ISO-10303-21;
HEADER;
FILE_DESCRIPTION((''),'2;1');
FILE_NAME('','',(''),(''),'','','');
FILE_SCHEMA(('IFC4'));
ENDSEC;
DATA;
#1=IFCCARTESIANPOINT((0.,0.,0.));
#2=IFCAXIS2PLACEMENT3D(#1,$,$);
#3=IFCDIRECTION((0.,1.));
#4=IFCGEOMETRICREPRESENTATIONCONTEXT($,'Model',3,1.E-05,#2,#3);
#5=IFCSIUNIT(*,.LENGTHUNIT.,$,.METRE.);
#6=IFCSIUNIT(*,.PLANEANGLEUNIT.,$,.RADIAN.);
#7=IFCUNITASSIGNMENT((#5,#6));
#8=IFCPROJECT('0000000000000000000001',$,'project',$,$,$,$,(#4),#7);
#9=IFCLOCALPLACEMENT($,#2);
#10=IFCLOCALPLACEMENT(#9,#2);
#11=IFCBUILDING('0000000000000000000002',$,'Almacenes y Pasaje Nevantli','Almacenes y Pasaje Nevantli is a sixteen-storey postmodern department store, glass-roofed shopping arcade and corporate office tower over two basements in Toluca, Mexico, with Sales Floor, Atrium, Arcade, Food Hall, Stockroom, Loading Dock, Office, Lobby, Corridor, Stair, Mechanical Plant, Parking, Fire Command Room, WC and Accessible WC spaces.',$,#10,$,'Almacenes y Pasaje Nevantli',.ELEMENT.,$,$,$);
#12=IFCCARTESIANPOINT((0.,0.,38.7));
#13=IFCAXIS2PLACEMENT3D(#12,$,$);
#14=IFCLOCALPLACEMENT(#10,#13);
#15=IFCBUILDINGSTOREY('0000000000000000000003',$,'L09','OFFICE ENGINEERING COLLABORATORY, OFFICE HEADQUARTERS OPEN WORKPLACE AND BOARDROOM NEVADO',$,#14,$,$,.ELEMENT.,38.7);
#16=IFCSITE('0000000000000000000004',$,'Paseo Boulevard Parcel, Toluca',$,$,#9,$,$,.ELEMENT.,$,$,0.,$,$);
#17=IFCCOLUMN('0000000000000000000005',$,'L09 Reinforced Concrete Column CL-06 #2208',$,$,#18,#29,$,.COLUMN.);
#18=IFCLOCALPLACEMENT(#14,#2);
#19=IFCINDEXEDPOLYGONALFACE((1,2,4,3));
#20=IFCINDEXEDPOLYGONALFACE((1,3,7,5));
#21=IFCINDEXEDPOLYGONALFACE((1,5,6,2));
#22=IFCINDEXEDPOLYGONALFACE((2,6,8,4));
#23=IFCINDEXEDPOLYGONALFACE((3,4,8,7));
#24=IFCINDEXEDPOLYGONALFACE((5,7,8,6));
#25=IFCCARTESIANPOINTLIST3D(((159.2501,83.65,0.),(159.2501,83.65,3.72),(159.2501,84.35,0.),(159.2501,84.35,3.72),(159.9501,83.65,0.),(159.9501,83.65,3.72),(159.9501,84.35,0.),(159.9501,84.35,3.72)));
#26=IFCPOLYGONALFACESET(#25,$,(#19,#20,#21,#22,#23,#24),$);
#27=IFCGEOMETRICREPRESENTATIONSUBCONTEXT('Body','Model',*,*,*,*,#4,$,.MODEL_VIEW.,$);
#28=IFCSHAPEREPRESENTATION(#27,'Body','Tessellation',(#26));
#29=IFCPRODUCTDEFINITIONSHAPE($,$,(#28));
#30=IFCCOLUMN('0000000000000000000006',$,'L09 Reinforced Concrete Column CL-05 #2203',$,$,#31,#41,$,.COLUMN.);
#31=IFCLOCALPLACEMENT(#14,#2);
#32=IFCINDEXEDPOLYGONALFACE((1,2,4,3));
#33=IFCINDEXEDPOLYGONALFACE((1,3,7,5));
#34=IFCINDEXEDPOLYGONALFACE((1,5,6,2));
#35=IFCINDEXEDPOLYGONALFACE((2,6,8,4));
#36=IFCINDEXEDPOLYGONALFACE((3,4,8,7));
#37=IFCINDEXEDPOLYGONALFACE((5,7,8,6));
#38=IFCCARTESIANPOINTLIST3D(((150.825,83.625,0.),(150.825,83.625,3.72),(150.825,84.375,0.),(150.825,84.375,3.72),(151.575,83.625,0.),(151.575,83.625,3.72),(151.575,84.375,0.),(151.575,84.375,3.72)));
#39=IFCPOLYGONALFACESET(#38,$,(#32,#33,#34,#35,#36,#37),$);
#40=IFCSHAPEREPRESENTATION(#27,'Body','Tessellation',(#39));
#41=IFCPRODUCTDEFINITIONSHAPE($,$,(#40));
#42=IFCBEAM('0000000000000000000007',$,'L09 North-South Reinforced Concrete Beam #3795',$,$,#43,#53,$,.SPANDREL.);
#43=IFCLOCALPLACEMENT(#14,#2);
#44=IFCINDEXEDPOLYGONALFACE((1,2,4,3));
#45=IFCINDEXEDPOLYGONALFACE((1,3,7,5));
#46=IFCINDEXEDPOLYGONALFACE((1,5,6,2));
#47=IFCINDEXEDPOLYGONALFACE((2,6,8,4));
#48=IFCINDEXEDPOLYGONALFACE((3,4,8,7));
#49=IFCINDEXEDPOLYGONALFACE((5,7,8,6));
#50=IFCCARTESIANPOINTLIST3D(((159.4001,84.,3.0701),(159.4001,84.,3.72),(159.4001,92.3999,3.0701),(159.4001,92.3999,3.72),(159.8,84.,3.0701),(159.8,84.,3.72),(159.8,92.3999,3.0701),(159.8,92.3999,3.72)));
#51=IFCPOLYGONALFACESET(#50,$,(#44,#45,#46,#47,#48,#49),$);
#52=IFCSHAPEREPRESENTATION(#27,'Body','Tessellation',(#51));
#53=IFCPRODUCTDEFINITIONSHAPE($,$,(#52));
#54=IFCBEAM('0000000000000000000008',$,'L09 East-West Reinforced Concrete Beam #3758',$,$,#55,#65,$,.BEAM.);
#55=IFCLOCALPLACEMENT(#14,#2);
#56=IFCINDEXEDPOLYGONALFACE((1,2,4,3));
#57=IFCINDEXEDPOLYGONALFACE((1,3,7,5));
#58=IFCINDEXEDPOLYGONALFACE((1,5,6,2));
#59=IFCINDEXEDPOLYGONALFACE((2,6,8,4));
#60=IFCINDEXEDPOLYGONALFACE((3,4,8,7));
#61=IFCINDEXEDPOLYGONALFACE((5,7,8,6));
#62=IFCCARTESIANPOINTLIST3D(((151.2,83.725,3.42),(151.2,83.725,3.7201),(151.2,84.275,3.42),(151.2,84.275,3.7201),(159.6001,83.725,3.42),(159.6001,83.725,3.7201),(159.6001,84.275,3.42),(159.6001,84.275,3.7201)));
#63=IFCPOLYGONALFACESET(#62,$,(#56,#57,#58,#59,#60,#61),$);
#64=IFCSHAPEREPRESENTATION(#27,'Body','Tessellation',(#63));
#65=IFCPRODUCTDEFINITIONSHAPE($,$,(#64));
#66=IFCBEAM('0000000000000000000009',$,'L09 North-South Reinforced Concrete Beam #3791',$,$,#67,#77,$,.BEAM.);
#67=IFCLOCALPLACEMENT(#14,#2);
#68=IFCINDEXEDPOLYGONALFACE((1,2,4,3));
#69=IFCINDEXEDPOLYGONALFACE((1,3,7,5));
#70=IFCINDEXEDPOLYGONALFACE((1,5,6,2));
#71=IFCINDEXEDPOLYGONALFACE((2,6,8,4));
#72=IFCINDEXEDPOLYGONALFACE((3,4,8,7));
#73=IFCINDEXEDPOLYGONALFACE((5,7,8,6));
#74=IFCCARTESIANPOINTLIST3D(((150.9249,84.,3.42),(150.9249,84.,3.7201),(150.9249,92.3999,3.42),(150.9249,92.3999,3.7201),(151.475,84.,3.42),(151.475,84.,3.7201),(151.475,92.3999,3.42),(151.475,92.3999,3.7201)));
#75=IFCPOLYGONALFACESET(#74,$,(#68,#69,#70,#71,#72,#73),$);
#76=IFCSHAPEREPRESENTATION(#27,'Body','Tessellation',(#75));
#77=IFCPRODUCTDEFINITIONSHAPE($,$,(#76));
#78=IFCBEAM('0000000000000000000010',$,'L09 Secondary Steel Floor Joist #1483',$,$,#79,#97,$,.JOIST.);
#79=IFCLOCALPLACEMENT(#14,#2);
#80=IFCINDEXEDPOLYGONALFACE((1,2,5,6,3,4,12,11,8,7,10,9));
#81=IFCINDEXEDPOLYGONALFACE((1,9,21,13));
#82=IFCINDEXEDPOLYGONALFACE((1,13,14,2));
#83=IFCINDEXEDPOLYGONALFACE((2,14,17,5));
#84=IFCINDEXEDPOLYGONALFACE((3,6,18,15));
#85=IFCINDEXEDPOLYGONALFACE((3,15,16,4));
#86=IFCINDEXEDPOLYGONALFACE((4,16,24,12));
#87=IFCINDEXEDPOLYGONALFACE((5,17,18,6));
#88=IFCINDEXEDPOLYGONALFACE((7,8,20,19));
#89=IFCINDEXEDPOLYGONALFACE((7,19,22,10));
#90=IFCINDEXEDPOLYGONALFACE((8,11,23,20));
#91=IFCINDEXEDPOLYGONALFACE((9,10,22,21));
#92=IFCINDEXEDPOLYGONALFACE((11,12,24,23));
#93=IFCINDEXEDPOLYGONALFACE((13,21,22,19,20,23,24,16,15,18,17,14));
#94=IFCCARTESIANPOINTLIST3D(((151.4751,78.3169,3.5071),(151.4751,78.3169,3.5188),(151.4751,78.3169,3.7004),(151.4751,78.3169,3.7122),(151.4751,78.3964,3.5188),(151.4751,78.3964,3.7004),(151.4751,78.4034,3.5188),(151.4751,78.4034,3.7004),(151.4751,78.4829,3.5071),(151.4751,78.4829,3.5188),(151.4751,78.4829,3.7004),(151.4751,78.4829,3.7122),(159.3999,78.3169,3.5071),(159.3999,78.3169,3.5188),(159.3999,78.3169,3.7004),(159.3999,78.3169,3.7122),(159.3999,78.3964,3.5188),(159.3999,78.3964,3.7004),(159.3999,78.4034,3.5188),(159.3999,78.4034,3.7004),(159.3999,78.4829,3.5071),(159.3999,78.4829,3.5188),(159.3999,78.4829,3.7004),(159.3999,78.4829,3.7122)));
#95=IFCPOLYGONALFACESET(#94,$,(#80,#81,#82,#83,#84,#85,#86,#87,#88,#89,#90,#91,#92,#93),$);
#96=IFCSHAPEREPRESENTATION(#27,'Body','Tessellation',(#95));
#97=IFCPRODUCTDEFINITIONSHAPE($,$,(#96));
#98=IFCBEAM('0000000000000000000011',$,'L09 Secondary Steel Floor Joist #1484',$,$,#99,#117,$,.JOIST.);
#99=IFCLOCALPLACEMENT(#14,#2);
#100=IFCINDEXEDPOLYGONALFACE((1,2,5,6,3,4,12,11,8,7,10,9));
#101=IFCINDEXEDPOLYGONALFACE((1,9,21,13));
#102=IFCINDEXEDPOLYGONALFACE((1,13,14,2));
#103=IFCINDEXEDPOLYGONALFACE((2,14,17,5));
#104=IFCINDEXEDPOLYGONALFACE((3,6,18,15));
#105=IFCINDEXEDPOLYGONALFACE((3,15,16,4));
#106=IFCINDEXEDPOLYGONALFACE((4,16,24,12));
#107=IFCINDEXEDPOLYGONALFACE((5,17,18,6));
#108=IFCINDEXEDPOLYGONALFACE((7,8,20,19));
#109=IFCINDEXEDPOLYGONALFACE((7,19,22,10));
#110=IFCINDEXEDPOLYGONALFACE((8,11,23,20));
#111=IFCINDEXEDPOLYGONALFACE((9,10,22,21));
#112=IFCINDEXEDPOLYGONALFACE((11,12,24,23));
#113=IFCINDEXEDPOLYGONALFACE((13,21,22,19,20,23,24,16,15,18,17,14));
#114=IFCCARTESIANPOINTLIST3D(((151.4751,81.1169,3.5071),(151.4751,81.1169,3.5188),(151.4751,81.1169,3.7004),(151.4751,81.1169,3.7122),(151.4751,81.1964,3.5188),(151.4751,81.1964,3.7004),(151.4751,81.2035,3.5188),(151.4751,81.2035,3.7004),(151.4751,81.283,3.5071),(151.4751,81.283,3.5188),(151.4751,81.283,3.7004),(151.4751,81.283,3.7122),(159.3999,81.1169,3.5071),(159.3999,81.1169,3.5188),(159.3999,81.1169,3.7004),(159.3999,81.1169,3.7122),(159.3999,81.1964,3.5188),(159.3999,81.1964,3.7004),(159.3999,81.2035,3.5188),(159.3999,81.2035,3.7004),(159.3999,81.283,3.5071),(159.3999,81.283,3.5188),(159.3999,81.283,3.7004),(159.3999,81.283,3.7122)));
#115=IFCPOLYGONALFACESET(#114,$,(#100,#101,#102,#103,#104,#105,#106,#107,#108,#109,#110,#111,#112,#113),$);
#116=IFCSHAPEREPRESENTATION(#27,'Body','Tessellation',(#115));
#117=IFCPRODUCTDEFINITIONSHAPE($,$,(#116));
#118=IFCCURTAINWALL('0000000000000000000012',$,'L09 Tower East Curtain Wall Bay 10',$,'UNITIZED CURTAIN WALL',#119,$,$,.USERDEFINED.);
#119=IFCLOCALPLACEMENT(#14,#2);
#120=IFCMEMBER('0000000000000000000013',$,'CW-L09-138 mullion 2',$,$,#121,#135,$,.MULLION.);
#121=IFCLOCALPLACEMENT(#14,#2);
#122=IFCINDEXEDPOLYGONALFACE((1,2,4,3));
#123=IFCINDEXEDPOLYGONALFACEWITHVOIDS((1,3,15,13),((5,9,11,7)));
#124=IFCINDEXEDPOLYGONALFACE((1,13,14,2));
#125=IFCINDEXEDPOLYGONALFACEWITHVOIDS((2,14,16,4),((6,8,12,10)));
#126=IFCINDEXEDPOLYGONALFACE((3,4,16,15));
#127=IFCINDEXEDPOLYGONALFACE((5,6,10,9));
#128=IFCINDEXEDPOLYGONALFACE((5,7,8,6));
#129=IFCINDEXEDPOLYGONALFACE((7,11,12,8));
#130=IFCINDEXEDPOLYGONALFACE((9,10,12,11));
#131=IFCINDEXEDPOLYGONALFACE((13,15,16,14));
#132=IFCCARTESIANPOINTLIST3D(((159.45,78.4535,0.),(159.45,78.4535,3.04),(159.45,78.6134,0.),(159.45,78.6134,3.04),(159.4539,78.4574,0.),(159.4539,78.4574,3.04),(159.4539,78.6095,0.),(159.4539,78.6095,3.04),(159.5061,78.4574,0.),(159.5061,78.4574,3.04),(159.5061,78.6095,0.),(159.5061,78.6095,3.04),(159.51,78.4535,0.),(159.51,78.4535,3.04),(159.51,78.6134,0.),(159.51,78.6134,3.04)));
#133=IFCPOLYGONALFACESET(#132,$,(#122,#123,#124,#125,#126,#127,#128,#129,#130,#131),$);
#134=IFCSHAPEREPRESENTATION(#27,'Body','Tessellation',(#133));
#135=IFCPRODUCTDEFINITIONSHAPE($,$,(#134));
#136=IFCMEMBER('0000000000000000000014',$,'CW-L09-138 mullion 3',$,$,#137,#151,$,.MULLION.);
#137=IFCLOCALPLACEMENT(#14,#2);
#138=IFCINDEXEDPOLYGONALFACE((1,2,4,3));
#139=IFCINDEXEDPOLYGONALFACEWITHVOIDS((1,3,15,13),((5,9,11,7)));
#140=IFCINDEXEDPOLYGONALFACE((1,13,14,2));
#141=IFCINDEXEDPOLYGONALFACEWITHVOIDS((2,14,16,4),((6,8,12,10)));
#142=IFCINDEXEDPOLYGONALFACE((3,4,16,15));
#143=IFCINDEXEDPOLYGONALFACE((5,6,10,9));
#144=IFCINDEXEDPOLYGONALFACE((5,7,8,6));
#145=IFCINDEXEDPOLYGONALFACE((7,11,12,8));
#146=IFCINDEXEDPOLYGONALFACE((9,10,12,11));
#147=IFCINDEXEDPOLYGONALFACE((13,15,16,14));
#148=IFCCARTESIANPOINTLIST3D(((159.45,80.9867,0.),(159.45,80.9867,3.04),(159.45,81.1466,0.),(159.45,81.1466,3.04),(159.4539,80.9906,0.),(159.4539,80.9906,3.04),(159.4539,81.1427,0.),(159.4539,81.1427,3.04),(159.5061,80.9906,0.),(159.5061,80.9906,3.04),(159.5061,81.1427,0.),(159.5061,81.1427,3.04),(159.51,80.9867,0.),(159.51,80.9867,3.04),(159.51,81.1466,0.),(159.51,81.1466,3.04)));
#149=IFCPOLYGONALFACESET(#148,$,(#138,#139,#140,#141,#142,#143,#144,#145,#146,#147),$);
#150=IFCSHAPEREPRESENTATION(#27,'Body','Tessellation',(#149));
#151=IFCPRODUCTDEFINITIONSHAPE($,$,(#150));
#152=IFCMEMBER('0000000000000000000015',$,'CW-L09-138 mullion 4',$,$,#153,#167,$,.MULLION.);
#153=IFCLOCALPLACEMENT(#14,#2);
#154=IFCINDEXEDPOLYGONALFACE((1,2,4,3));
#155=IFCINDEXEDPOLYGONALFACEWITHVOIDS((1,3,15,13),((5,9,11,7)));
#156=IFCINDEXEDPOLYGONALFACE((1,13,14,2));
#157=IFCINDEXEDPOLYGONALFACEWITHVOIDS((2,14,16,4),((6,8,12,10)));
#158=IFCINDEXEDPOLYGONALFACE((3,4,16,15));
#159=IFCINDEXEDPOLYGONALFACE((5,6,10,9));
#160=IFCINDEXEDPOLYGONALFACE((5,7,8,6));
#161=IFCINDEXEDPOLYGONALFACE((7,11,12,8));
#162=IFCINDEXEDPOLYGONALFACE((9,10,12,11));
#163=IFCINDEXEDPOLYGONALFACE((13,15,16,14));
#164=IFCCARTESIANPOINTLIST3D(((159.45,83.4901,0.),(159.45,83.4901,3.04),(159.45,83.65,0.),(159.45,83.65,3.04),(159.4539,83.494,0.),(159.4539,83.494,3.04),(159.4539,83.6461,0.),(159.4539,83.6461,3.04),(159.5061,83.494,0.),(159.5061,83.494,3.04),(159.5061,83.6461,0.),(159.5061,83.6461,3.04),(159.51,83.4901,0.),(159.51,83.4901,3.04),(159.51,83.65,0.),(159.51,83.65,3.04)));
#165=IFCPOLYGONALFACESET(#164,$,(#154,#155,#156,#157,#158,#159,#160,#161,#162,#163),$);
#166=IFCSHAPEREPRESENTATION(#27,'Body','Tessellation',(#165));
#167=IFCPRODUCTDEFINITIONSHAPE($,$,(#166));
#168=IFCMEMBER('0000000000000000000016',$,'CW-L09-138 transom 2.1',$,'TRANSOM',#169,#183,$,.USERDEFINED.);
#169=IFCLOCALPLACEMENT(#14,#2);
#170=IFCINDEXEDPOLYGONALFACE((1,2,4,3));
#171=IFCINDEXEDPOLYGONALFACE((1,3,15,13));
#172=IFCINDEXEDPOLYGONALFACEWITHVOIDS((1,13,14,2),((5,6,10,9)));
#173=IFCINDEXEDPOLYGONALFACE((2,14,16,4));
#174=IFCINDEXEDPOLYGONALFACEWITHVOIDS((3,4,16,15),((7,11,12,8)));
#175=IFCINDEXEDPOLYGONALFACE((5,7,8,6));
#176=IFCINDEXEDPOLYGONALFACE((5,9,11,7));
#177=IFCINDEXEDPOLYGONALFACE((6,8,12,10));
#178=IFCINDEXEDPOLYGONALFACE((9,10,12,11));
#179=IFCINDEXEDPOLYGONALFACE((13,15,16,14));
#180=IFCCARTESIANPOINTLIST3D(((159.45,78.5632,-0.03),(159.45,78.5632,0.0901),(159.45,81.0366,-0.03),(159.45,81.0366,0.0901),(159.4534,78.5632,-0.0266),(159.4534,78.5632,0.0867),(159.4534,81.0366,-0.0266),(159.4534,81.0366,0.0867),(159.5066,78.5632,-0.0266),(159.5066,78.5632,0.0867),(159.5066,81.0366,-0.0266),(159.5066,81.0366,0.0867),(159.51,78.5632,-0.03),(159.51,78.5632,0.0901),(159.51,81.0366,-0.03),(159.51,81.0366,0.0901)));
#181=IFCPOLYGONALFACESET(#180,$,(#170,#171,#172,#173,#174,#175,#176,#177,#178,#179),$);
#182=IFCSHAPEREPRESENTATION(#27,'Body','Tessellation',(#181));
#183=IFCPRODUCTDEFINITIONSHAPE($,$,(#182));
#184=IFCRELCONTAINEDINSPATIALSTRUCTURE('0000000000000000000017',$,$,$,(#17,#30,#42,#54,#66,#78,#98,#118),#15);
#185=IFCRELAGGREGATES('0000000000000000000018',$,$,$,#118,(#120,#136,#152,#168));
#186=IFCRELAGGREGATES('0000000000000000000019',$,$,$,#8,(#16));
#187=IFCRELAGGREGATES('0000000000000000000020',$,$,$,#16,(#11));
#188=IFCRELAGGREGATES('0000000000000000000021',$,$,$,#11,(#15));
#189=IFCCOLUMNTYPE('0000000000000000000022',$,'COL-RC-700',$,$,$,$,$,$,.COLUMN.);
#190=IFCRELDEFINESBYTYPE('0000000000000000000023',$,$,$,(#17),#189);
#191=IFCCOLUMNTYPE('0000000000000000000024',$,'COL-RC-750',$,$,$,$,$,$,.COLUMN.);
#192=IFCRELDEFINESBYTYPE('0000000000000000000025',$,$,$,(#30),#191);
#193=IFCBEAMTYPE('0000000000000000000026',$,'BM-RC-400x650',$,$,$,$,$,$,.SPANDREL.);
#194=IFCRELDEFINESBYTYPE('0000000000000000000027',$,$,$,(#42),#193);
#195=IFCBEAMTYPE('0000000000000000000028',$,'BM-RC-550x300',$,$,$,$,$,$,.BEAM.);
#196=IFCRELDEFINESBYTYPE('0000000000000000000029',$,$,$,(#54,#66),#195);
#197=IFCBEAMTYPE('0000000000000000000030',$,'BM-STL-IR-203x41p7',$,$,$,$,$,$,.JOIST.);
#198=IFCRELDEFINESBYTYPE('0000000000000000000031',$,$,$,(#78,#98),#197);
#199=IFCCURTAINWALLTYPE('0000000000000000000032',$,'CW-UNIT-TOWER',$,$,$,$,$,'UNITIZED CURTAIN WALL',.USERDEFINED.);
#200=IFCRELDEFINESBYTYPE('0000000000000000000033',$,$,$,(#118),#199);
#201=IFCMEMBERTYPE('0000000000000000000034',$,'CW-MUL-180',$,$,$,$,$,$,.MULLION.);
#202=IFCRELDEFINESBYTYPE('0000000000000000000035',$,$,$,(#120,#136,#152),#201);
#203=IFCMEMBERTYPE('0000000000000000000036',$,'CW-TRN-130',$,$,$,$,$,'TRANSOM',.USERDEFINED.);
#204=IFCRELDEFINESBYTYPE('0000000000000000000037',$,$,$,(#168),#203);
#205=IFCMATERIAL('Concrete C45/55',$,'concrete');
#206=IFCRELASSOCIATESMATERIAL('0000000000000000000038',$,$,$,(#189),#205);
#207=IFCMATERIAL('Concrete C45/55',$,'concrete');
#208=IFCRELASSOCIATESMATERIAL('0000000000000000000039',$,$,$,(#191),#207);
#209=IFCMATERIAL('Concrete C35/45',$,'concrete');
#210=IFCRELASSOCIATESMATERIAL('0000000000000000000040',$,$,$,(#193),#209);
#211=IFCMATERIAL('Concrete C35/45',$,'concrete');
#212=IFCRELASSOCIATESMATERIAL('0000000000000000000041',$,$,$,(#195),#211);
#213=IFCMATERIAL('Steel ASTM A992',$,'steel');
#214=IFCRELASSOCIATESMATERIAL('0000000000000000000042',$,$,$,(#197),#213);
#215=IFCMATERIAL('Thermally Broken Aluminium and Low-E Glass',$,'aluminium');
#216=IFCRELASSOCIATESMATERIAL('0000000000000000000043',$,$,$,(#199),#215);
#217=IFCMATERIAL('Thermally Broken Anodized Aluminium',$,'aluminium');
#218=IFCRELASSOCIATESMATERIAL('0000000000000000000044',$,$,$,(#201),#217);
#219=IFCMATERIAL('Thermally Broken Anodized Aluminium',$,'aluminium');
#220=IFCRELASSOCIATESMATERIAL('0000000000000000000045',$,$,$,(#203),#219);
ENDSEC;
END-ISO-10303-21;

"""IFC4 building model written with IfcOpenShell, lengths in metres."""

from ifc_helpers import new_model, si_unit, direction, frame, origin, origin_2d, place, context, subcontext, project, spatial, rectangle, hollow_rectangle, i_section, extrude, material, material_profile, profile_set, type_object, element, aggregate, save


model = new_model("IFC4")

# Units and contexts
model_context = context("Model", 3, precision=1e-05, world=origin(), true_north=direction((0.0, 1.0)))
body_context = subcontext(model_context, "Body", "Model", "MODEL_VIEW")
ifc_project = project(units=[si_unit("LENGTHUNIT", "METRE"), si_unit("PLANEANGLEUNIT", "RADIAN")], contexts=[model_context])

# Site, building, storey
site_placement = place(None, origin())
site = spatial("IfcSite", under=ifc_project, at=site_placement, Name="Paseo Boulevard Parcel, Toluca", CompositionType="ELEMENT", RefElevation=0.0)
building_placement = place(site_placement, origin())
building = spatial("IfcBuilding", under=site, at=building_placement, Name="Almacenes y Pasaje Nevantli", Description="Almacenes y Pasaje Nevantli is a sixteen-storey postmodern department store, glass-roofed shopping arcade and corporate office tower over two basements in Toluca, Mexico, with Sales Floor, Atrium, Arcade, Food Hall, Stockroom, Loading Dock, Office, Lobby, Corridor, Stair, Mechanical Plant, Parking, Fire Command Room, WC and Accessible WC spaces.", LongName="Almacenes y Pasaje Nevantli", CompositionType="ELEMENT")
storey_placement = place(building_placement, frame((0.0, 0.0, 38.7)))
storey = spatial("IfcBuildingStorey", under=building, at=storey_placement, Name="L09", Description="OFFICE ENGINEERING COLLABORATORY, OFFICE HEADQUARTERS OPEN WORKPLACE AND BOARDROOM NEVADO", CompositionType="ELEMENT", Elevation=38.7)

# Columns
ifc_material_1 = material(Name="Concrete C45/55", Category="concrete")
ifc_material_profile_1 = material_profile(ifc_material_1, rectangle(XDim=0.7, YDim=0.7, at=origin_2d()), Name="RC-COL-700x700")
ifc_profile_set_1 = profile_set([ifc_material_profile_1], Name="Concrete C45/55")
column_type_1 = type_object("IfcColumnType", Name="COL-RC-700", PredefinedType="COLUMN", material=ifc_profile_set_1)
column_1_placement = place(storey_placement, frame((159.6001, 84.0, 0.0), z_axis=(0.0, 0.0, 1.0), x_axis=(1.0, 0.0, 0.0)))
element("IfcColumn", 1, at=column_1_placement, inside=storey, type_object=column_type_1, Name="L09 Reinforced Concrete Column CL-06 #2208", PredefinedType="COLUMN", context=body_context, shape_type="SweptSolid", body=[
    extrude(rectangle(XDim=0.7, YDim=0.7, at=origin_2d()), origin(), (0.0, 0.0, 1.0), 3.72),
])
ifc_material_2 = material(Name="Concrete C45/55", Category="concrete")
ifc_material_profile_2 = material_profile(ifc_material_2, rectangle(XDim=0.75, YDim=0.75, at=origin_2d()), Name="RC-COL-750x750")
ifc_profile_set_2 = profile_set([ifc_material_profile_2], Name="Concrete C45/55")
column_type_2 = type_object("IfcColumnType", Name="COL-RC-750", PredefinedType="COLUMN", material=ifc_profile_set_2)
column_2_placement = place(storey_placement, frame((151.2, 84.0, 0.0), z_axis=(0.0, 0.0, 1.0), x_axis=(1.0, 0.0, 0.0)))
element("IfcColumn", 2, at=column_2_placement, inside=storey, type_object=column_type_2, Name="L09 Reinforced Concrete Column CL-05 #2203", PredefinedType="COLUMN", context=body_context, shape_type="SweptSolid", body=[
    extrude(rectangle(XDim=0.75, YDim=0.75, at=origin_2d()), origin(), (0.0, 0.0, 1.0), 3.72),
])

# Beams
ifc_material_3 = material(Name="Concrete C35/45", Category="concrete")
ifc_material_profile_3 = material_profile(ifc_material_3, rectangle(XDim=0.3999, YDim=0.6499, at=origin_2d()), Name="RC-BM-400x650")
ifc_profile_set_3 = profile_set([ifc_material_profile_3], Name="Concrete C35/45")
beam_type_1 = type_object("IfcBeamType", Name="BM-RC-400x650", PredefinedType="SPANDREL", material=ifc_profile_set_3)
beam_1_placement = place(storey_placement, frame((159.6001, 84.0, 3.395), z_axis=(0.0, 1.0, 0.0), x_axis=(-1.0, 0.0, 0.0)))
element("IfcBeam", 3, at=beam_1_placement, inside=storey, type_object=beam_type_1, Name="L09 North-South Reinforced Concrete Beam #3795", PredefinedType="SPANDREL", context=body_context, shape_type="SweptSolid", body=[
    extrude(rectangle(XDim=0.3999, YDim=0.6499, at=origin_2d()), origin(), (0.0, 0.0, 1.0), 8.3999),
])
ifc_material_4 = material(Name="Concrete C35/45", Category="concrete")
ifc_material_profile_4 = material_profile(ifc_material_4, rectangle(XDim=0.55, YDim=0.3, at=origin_2d()), Name="RC-BM-550x300")
ifc_profile_set_4 = profile_set([ifc_material_profile_4], Name="Concrete C35/45")
beam_type_2 = type_object("IfcBeamType", Name="BM-RC-550x300", PredefinedType="BEAM", material=ifc_profile_set_4)
beam_2_placement = place(storey_placement, frame((151.2, 84.0, 3.5701), z_axis=(1.0, 0.0, 0.0), x_axis=(0.0, 1.0, 0.0)))
element("IfcBeam", 4, at=beam_2_placement, inside=storey, type_object=beam_type_2, Name="L09 East-West Reinforced Concrete Beam #3758", PredefinedType="BEAM", context=body_context, shape_type="SweptSolid", body=[
    extrude(rectangle(XDim=0.55, YDim=0.3, at=origin_2d()), origin(), (0.0, 0.0, 1.0), 8.4001),
])
beam_3_placement = place(storey_placement, frame((151.2, 84.0, 3.5701), z_axis=(0.0, 1.0, 0.0), x_axis=(-1.0, 0.0, 0.0)))
element("IfcBeam", 5, at=beam_3_placement, inside=storey, type_object=beam_type_2, Name="L09 North-South Reinforced Concrete Beam #3791", PredefinedType="BEAM", context=body_context, shape_type="SweptSolid", body=[
    extrude(rectangle(XDim=0.55, YDim=0.3, at=origin_2d()), origin(), (0.0, 0.0, 1.0), 8.3999),
])
ifc_material_5 = material(Name="Steel ASTM A992", Category="steel")
ifc_material_profile_5 = material_profile(ifc_material_5, i_section(OverallWidth=0.166, OverallDepth=0.2051, WebThickness=0.0071, FlangeThickness=0.0117, at=origin_2d()), Name="IR 203x41.7")
ifc_profile_set_5 = profile_set([ifc_material_profile_5], Name="Steel ASTM A992")
beam_type_3 = type_object("IfcBeamType", Name="BM-STL-IR-203x41p7", PredefinedType="JOIST", material=ifc_profile_set_5)
for number, where, z_axis, x_axis, name in (
    (6, (151.4751, 78.3999, 3.6096), (1.0, 0.0, 0.0), (0.0, 1.0, 0.0), "L09 Secondary Steel Floor Joist #1483"),
    (7, (151.4751, 81.2, 3.6096), (1.0, 0.0, 0.0), (0.0, 1.0, 0.0), "L09 Secondary Steel Floor Joist #1484"),
):
    element("IfcBeam", number, at=place(storey_placement, frame(where, z_axis=z_axis, x_axis=x_axis)), inside=storey, type_object=beam_type_3, Name=name, PredefinedType="JOIST", context=body_context, shape_type="SweptSolid", body=[
        extrude(i_section(OverallWidth=0.166, OverallDepth=0.2051, WebThickness=0.0071, FlangeThickness=0.0117, at=origin_2d()), origin(), (0.0, 0.0, 1.0), 7.9248),
    ])

# Curtain wall, members
ifc_material_6 = material(Name="Thermally Broken Aluminium and Low-E Glass", Category="aluminium")
curtain_wall_type = type_object("IfcCurtainWallType", Name="CW-UNIT-TOWER", ElementType="UNITIZED CURTAIN WALL", PredefinedType="USERDEFINED", material=ifc_material_6)
curtain_wall_placement = place(storey_placement, origin())
curtain_wall = element("IfcCurtainWall", 8, at=curtain_wall_placement, inside=storey, type_object=curtain_wall_type, Name="L09 Tower East Curtain Wall Bay 10", ObjectType="UNITIZED CURTAIN WALL", PredefinedType="USERDEFINED")
ifc_material_7 = material(Name="Thermally Broken Anodized Aluminium", Category="aluminium")
ifc_material_profile_6 = material_profile(ifc_material_7, hollow_rectangle(XDim=0.0601, YDim=0.1599, WallThickness=0.0039, at=origin_2d()), Name="ALU-MUL-60x160")
ifc_profile_set_6 = profile_set([ifc_material_profile_6], Name="Thermally Broken Anodized Aluminium")
member_type_1 = type_object("IfcMemberType", Name="CW-MUL-180", PredefinedType="MULLION", material=ifc_profile_set_6)
member_1_placement = place(storey_placement, frame((159.48, 78.5334, 0.0), z_axis=(0.0, 0.0, 1.0), x_axis=(-1.0, 0.0, 0.0)))
member_1 = element("IfcMember", 9, at=member_1_placement, type_object=member_type_1, Name="CW-L09-138 mullion 2", PredefinedType="MULLION", context=body_context, shape_type="SweptSolid", body=[
    extrude(hollow_rectangle(XDim=0.0601, YDim=0.1599, WallThickness=0.0039, at=origin_2d()), origin(), (0.0, 0.0, 1.0), 3.04),
])
member_2_placement = place(storey_placement, frame((159.48, 81.0667, 0.0), z_axis=(0.0, 0.0, 1.0), x_axis=(-1.0, 0.0, 0.0)))
member_2 = element("IfcMember", 10, at=member_2_placement, type_object=member_type_1, Name="CW-L09-138 mullion 3", PredefinedType="MULLION", context=body_context, shape_type="SweptSolid", body=[
    extrude(hollow_rectangle(XDim=0.0601, YDim=0.1599, WallThickness=0.0039, at=origin_2d()), origin(), (0.0, 0.0, 1.0), 3.04),
])
member_3_placement = place(storey_placement, frame((159.48, 83.5701, 0.0), z_axis=(0.0, 0.0, 1.0), x_axis=(-1.0, 0.0, 0.0)))
member_3 = element("IfcMember", 11, at=member_3_placement, type_object=member_type_1, Name="CW-L09-138 mullion 4", PredefinedType="MULLION", context=body_context, shape_type="SweptSolid", body=[
    extrude(hollow_rectangle(XDim=0.0601, YDim=0.1599, WallThickness=0.0039, at=origin_2d()), origin(), (0.0, 0.0, 1.0), 3.04),
])
ifc_material_8 = material(Name="Thermally Broken Anodized Aluminium", Category="aluminium")
ifc_material_profile_7 = material_profile(ifc_material_8, hollow_rectangle(XDim=0.0601, YDim=0.1201, WallThickness=0.0034, at=origin_2d()), Name="ALU-TRN-60x120")
ifc_profile_set_7 = profile_set([ifc_material_profile_7], Name="Thermally Broken Anodized Aluminium")
member_type_2 = type_object("IfcMemberType", Name="CW-TRN-130", ElementType="TRANSOM", PredefinedType="USERDEFINED", material=ifc_profile_set_7)
member_4_placement = place(storey_placement, frame((159.48, 78.5632, 0.03), z_axis=(0.0, 1.0, 0.0), x_axis=(-1.0, 0.0, 0.0)))
member_4 = element("IfcMember", 12, at=member_4_placement, type_object=member_type_2, Name="CW-L09-138 transom 2.1", ObjectType="TRANSOM", PredefinedType="USERDEFINED", context=body_context, shape_type="SweptSolid", body=[
    extrude(hollow_rectangle(XDim=0.0601, YDim=0.1201, WallThickness=0.0034, at=origin_2d()), origin(), (0.0, 0.0, 1.0), 2.4734),
])
aggregate(curtain_wall, [member_1, member_2, member_3, member_4])

save(model, "model.ifc")
